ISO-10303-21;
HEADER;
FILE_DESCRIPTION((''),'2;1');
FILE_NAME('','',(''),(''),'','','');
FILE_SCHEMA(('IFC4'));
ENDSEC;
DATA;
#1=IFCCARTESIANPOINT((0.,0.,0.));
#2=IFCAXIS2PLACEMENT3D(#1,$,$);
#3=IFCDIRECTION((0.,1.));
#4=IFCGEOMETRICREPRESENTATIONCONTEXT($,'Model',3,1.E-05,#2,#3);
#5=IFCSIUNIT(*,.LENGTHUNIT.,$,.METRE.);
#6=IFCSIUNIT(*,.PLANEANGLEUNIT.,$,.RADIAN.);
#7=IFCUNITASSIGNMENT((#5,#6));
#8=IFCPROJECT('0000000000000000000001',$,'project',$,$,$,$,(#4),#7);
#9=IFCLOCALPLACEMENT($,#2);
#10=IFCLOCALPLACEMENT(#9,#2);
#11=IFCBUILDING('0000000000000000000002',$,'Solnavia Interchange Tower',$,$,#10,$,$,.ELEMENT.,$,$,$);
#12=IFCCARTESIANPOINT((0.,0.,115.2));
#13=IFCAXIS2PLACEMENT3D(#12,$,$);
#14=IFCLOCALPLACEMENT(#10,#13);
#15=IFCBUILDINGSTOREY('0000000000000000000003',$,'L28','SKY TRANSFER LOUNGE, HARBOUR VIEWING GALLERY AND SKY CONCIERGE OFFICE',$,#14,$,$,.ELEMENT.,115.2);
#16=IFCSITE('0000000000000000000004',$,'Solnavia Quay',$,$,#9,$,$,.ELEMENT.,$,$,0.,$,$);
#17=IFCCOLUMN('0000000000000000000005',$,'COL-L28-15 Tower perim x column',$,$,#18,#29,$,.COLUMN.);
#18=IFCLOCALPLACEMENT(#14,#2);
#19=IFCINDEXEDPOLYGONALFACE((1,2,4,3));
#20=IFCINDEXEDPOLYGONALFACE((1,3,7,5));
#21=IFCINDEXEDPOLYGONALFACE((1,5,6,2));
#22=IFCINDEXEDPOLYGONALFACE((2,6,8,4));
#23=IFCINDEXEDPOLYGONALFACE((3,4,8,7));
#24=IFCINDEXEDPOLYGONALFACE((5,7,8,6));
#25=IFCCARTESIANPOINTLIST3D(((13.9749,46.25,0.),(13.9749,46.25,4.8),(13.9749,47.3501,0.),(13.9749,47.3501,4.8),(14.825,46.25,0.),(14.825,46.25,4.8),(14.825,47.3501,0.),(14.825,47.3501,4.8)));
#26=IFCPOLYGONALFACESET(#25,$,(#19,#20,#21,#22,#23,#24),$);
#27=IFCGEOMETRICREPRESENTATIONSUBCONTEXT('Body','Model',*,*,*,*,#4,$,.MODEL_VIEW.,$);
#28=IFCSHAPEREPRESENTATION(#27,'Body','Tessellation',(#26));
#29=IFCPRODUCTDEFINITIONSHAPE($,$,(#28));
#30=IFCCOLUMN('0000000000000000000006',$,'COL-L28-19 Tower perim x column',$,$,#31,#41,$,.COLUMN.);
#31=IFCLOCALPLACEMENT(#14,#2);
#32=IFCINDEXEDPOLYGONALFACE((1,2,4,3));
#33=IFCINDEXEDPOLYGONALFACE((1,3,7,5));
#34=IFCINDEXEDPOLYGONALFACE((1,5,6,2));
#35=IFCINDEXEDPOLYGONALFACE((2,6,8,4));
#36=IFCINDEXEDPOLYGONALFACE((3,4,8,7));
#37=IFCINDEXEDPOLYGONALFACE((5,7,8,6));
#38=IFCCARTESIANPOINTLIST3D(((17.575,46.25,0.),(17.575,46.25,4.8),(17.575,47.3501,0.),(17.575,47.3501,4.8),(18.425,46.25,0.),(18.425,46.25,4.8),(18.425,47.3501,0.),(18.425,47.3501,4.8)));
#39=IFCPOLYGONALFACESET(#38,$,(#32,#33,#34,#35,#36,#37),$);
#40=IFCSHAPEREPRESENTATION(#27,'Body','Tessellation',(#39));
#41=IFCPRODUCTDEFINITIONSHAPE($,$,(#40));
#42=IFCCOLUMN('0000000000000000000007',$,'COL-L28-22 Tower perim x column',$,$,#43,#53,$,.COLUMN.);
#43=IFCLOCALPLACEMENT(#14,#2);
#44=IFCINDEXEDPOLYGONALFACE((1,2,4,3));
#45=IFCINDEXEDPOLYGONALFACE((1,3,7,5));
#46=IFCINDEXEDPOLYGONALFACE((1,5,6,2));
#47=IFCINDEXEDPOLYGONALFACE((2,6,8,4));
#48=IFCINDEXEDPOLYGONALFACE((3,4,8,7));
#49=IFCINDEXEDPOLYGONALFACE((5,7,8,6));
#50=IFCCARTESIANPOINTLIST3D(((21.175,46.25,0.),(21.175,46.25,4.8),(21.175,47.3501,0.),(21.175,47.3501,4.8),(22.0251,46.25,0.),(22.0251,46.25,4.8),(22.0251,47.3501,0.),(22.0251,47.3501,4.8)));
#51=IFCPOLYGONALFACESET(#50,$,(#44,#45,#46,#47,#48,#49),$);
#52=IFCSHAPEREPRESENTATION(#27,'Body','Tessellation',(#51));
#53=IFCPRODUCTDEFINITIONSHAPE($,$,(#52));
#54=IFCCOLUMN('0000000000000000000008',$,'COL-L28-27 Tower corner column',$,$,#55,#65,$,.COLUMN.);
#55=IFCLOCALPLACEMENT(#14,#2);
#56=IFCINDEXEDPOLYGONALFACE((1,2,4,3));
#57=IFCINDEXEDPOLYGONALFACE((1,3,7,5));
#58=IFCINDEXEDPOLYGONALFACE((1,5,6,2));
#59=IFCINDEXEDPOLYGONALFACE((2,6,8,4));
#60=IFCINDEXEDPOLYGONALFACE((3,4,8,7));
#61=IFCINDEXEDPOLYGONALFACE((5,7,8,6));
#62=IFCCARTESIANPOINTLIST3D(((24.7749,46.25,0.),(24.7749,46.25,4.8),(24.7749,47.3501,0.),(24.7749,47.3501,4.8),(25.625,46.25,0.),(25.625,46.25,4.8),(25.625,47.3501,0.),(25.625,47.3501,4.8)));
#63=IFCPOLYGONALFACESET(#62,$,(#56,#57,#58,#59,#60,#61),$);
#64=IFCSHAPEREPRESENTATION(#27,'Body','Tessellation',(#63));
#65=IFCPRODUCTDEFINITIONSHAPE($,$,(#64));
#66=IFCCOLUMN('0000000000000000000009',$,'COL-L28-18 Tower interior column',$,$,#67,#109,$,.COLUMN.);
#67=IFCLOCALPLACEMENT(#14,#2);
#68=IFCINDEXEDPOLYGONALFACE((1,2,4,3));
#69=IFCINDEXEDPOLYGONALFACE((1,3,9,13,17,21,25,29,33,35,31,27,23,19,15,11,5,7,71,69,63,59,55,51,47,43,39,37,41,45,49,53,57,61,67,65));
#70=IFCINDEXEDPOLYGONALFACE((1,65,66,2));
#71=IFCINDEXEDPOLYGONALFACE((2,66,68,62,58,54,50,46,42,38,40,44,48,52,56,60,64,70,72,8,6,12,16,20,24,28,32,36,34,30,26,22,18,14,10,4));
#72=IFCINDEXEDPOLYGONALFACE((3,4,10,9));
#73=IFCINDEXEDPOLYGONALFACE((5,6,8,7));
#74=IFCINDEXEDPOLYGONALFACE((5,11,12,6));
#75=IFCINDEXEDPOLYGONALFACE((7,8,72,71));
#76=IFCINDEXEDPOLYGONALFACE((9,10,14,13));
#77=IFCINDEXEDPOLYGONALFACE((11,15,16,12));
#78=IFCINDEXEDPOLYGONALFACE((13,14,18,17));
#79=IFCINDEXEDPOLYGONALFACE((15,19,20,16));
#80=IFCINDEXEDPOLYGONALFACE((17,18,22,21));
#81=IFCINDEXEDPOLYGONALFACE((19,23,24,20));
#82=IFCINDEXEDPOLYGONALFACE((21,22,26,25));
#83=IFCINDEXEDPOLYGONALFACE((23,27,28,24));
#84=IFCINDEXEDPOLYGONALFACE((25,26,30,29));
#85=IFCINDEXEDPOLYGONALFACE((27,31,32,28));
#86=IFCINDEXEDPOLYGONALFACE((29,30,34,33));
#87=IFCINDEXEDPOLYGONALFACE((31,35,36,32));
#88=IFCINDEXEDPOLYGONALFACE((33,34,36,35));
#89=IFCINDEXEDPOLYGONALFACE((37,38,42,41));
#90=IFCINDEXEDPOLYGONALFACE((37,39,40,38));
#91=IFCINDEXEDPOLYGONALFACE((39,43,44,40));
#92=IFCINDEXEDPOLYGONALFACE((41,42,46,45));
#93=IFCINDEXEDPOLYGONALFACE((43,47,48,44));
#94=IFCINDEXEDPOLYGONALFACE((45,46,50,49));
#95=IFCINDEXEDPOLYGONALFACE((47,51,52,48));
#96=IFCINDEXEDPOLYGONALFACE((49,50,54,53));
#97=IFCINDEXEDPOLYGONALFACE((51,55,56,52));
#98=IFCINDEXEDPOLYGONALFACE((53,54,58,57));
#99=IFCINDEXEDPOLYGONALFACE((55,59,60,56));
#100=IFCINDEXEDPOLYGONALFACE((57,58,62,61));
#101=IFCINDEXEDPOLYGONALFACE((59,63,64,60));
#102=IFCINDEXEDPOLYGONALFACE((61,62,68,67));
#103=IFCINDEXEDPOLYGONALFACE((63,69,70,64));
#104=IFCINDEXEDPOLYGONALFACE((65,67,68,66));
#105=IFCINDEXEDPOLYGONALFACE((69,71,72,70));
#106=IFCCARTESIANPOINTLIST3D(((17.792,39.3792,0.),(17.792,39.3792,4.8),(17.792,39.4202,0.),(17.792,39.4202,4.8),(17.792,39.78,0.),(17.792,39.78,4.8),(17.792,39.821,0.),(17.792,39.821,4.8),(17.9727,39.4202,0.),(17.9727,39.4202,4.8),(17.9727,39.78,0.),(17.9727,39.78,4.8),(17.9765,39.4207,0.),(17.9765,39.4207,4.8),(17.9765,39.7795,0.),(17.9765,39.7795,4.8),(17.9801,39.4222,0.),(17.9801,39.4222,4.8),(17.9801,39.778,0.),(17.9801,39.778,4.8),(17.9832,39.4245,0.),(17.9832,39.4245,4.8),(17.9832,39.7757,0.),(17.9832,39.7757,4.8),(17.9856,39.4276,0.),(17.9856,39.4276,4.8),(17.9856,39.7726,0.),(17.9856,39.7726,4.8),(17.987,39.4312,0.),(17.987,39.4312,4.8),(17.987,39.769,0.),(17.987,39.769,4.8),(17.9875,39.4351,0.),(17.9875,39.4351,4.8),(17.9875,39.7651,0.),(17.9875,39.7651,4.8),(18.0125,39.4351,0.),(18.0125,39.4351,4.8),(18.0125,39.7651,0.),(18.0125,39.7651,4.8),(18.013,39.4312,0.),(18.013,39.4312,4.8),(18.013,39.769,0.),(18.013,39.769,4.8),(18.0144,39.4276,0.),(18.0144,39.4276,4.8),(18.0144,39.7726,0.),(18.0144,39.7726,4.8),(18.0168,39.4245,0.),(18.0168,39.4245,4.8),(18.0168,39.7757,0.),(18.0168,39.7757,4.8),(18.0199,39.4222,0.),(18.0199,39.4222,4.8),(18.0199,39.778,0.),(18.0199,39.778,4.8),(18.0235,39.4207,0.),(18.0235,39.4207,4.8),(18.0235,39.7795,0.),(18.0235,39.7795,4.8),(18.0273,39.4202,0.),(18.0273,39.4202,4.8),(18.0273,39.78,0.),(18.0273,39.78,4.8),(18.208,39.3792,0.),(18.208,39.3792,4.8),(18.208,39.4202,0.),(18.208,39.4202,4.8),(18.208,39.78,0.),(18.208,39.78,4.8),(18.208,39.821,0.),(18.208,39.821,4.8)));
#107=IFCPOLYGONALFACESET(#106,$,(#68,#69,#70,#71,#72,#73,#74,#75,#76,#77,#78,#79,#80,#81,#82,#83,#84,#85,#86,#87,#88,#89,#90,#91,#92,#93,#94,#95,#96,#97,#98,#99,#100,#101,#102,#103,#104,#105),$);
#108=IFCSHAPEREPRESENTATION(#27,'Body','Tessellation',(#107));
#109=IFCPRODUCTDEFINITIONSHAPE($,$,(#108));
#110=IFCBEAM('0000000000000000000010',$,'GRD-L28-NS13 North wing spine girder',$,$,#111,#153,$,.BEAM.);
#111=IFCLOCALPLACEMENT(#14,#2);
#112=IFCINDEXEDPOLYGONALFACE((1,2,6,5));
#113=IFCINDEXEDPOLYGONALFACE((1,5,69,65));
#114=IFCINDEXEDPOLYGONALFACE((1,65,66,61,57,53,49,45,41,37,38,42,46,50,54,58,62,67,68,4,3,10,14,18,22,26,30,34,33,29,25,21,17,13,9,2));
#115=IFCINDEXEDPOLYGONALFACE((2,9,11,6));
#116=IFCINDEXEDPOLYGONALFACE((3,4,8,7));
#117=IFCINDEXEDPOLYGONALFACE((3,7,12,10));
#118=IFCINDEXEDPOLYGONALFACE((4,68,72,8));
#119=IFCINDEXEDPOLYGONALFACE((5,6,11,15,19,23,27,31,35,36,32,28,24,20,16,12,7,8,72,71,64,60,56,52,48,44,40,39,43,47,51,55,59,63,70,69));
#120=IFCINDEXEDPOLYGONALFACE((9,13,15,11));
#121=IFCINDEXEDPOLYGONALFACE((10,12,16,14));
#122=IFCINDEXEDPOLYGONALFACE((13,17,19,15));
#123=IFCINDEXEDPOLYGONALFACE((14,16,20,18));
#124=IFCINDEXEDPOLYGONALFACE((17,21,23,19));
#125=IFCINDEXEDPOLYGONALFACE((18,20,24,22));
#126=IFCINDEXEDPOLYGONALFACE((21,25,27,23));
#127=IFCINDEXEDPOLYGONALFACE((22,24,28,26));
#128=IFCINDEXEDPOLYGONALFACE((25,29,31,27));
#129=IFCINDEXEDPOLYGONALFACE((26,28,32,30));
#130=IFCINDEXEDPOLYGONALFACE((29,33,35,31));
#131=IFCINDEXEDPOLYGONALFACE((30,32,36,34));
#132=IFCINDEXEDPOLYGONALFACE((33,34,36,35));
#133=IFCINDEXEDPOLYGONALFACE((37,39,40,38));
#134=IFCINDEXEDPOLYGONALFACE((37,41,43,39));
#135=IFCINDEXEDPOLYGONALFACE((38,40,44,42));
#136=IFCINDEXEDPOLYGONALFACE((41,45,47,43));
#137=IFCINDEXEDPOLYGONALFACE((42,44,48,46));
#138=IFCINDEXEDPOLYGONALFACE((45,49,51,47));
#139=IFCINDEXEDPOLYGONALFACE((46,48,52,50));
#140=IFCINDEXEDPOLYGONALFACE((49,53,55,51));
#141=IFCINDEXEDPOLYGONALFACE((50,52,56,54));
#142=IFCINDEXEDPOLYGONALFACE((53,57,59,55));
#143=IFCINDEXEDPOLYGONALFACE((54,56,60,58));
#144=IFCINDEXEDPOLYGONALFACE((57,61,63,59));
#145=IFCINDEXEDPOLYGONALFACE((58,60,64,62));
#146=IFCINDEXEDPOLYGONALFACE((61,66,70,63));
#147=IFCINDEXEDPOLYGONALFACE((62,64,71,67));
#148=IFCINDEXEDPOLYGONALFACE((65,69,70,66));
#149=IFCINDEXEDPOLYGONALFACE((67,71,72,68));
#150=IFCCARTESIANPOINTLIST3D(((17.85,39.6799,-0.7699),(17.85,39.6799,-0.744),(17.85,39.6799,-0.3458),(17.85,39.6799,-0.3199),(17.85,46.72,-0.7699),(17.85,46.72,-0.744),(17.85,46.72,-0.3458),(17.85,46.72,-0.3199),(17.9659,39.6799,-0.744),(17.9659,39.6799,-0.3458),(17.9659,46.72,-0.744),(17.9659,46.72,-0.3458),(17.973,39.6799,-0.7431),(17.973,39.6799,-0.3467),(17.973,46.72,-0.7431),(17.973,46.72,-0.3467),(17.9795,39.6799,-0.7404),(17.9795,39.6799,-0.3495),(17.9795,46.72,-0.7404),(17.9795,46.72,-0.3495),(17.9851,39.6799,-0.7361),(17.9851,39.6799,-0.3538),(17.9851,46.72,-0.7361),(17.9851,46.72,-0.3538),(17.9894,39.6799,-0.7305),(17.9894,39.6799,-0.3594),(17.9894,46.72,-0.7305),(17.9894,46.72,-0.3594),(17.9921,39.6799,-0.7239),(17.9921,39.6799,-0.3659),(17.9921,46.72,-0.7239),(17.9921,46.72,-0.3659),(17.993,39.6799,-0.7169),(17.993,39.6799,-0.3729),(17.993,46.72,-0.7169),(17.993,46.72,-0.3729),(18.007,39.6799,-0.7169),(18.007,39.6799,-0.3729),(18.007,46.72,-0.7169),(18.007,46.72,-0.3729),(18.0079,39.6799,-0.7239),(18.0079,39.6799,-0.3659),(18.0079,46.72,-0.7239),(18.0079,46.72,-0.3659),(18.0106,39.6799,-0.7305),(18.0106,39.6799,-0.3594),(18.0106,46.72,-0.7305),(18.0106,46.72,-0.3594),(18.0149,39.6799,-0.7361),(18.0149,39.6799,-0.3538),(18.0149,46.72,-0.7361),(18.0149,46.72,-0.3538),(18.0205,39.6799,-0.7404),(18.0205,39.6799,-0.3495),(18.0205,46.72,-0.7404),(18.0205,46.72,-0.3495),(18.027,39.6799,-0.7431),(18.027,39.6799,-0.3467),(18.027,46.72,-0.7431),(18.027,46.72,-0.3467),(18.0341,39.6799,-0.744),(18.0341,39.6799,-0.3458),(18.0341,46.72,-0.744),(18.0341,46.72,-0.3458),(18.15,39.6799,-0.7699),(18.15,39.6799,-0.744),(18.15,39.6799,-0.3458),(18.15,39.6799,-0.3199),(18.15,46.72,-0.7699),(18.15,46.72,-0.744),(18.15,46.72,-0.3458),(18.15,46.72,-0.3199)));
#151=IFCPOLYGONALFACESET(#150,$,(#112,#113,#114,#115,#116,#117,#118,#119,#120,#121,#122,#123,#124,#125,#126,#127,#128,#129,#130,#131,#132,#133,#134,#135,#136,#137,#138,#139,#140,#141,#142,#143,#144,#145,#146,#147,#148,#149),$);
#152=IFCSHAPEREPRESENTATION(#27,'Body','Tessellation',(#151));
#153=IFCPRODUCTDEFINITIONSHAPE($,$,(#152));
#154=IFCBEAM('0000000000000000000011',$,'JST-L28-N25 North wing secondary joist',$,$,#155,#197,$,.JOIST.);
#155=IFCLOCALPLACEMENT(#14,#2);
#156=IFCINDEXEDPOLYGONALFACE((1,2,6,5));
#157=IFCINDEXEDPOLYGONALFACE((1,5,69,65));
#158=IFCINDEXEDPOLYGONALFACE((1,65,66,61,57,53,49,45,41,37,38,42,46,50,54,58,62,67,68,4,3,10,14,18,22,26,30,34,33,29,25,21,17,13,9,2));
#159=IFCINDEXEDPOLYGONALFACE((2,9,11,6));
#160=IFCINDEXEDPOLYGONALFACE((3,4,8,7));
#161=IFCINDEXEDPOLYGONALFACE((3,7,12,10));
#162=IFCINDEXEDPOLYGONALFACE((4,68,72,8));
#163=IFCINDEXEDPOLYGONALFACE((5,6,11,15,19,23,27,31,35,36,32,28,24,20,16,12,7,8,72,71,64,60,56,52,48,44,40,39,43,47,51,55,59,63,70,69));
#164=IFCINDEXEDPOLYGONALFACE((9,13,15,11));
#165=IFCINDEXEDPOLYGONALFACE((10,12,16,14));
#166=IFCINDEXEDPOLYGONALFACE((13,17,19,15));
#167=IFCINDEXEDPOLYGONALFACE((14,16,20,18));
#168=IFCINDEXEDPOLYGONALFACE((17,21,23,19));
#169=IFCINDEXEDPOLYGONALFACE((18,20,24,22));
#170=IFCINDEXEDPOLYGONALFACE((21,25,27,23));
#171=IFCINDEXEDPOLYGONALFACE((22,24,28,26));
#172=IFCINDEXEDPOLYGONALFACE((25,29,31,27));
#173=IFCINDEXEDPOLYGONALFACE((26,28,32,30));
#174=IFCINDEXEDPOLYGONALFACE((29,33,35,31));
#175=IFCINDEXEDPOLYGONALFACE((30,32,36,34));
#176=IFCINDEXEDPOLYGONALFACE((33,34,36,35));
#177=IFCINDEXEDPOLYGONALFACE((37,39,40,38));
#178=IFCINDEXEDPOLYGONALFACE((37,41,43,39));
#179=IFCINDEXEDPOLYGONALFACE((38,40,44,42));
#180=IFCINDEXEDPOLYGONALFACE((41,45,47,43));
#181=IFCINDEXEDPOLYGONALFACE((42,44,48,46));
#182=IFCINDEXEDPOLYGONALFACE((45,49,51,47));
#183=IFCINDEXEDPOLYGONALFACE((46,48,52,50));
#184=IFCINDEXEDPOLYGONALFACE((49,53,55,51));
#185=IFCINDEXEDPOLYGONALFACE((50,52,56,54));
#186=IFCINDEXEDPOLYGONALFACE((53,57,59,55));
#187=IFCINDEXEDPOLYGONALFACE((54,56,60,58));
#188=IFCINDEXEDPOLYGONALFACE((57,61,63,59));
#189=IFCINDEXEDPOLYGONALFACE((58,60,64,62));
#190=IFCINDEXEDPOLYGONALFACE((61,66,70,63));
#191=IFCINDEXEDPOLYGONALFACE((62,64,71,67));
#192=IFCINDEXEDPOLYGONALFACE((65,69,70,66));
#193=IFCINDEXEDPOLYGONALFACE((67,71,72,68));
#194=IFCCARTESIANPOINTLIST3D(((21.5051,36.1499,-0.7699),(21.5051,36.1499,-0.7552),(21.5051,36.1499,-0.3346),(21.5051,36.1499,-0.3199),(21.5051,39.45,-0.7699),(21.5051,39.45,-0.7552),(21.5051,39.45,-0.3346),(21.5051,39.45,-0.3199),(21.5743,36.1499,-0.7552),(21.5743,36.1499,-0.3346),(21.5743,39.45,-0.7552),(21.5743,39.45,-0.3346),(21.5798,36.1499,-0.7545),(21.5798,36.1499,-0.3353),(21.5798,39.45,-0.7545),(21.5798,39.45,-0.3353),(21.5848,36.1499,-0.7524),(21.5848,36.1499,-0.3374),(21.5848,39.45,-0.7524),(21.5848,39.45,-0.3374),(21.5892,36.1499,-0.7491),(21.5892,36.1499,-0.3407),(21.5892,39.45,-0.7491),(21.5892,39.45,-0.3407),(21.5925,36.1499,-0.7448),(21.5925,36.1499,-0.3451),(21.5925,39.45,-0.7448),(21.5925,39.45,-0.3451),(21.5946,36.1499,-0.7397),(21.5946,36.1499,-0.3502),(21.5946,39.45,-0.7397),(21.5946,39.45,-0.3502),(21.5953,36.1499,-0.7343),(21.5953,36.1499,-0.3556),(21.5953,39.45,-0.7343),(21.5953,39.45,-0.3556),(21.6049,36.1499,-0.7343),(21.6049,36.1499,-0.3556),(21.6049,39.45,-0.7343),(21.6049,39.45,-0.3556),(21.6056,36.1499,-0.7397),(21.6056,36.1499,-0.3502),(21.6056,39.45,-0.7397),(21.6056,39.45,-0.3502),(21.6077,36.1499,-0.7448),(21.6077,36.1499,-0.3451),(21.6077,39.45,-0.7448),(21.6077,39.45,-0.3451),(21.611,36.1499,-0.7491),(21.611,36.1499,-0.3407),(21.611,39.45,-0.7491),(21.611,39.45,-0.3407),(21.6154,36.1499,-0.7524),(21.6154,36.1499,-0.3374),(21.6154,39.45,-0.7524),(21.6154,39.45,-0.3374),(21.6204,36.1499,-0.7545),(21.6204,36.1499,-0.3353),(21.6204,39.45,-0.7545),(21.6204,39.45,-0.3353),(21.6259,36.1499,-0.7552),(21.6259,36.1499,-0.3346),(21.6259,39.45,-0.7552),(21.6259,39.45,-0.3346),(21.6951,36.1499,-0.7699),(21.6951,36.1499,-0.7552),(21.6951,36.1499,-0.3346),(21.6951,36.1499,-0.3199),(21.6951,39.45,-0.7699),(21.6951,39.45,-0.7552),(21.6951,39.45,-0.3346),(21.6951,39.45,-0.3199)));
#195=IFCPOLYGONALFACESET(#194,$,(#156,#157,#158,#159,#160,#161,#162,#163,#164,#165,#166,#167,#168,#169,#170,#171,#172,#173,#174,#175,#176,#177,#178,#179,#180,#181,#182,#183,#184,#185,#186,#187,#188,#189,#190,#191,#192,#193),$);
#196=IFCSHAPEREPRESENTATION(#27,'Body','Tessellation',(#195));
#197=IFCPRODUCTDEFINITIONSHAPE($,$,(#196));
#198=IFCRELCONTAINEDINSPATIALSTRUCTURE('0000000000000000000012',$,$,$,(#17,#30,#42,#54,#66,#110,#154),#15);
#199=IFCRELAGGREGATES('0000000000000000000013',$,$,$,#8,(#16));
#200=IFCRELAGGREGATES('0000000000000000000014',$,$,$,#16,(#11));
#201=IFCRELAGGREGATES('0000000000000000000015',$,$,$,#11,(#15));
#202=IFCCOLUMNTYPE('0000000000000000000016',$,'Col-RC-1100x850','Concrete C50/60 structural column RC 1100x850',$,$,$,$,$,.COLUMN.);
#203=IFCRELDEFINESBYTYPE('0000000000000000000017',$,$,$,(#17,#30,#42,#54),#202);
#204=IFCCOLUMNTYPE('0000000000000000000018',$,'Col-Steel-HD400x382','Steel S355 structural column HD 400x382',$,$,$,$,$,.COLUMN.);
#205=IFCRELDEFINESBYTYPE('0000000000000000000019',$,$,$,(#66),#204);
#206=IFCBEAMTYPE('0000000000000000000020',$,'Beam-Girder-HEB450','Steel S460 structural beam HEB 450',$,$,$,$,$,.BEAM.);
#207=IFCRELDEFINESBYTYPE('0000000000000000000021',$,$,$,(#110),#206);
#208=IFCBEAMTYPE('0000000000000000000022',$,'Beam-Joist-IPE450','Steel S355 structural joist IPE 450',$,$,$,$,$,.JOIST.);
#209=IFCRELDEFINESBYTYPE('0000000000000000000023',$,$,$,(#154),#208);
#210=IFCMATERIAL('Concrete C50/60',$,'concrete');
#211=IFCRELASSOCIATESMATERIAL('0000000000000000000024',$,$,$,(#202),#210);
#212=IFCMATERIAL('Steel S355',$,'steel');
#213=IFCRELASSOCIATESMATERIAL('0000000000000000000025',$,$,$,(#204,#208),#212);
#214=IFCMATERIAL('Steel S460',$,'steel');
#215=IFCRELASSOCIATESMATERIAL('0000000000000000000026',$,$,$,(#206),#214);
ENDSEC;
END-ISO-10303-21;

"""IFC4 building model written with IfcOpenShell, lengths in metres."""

from ifc_helpers import new_model, si_unit, direction, frame, origin, origin_2d, place, context, subcontext, project, spatial, rectangle, i_section, extrude, material, material_profile, profile_set, type_object, element, save


model = new_model("IFC4")

# Units and contexts
model_context = context("Model", 3, precision=1e-05, world=origin(), true_north=direction((0.0, 1.0)))
body_context = subcontext(model_context, "Body", "Model", "MODEL_VIEW")
ifc_project = project(units=[si_unit("LENGTHUNIT", "METRE"), si_unit("PLANEANGLEUNIT", "RADIAN")], contexts=[model_context])

# Site, building, storey
site_placement = place(None, origin())
site = spatial("IfcSite", under=ifc_project, at=site_placement, Name="Solnavia Quay", CompositionType="ELEMENT", RefElevation=0.0)
building_placement = place(site_placement, origin())
building = spatial("IfcBuilding", under=site, at=building_placement, Name="Solnavia Interchange Tower", CompositionType="ELEMENT")
storey_placement = place(building_placement, frame((0.0, 0.0, 115.2)))
storey = spatial("IfcBuildingStorey", under=building, at=storey_placement, Name="L28", Description="SKY TRANSFER LOUNGE, HARBOUR VIEWING GALLERY AND SKY CONCIERGE OFFICE", CompositionType="ELEMENT", Elevation=115.2)

# Columns
ifc_material_1 = material(Name="Concrete C50/60", Category="concrete")
ifc_material_profile_1 = material_profile(ifc_material_1, rectangle(XDim=0.8501, YDim=1.1001, at=origin_2d()), Name="RC 1100x850")
ifc_profile_set_1 = profile_set([ifc_material_profile_1], Name="Concrete C50/60")
column_type_1 = type_object("IfcColumnType", Name="Col-RC-1100x850", Description="Concrete C50/60 structural column RC 1100x850", PredefinedType="COLUMN", material=ifc_profile_set_1)
for number, where, z_axis, x_axis, name in (
    (1, (14.3999, 46.8, 0.0), (0.0, 0.0, 1.0), (1.0, 0.0, 0.0), "COL-L28-15 Tower perim x column"),
    (2, (18.0, 46.8, 0.0), (0.0, 0.0, 1.0), (1.0, 0.0, 0.0), "COL-L28-19 Tower perim x column"),
    (3, (21.6001, 46.8, 0.0), (0.0, 0.0, 1.0), (1.0, 0.0, 0.0), "COL-L28-22 Tower perim x column"),
    (4, (25.2, 46.8, 0.0), (0.0, 0.0, 1.0), (1.0, 0.0, 0.0), "COL-L28-27 Tower corner column"),
):
    element("IfcColumn", number, at=place(storey_placement, frame(where, z_axis=z_axis, x_axis=x_axis)), inside=storey, type_object=column_type_1, Name=name, PredefinedType="COLUMN", context=body_context, shape_type="SweptSolid", body=[
        extrude(rectangle(XDim=0.8501, YDim=1.1001, at=origin_2d()), origin(), (0.0, 0.0, 1.0), 4.8),
    ])
ifc_material_2 = material(Name="Steel S355", Category="steel")
ifc_material_profile_2 = material_profile(ifc_material_2, i_section(OverallWidth=0.416, OverallDepth=0.4419, WebThickness=0.0249, FlangeThickness=0.041, FilletRadius=0.0149, at=origin_2d()), Name="HD 400x382")
ifc_profile_set_2 = profile_set([ifc_material_profile_2], Name="Steel S355")
column_type_2 = type_object("IfcColumnType", Name="Col-Steel-HD400x382", Description="Steel S355 structural column HD 400x382", PredefinedType="COLUMN", material=ifc_profile_set_2)
column_placement = place(storey_placement, frame((18.0, 39.6001, 0.0), z_axis=(0.0, 0.0, 1.0), x_axis=(1.0, 0.0, 0.0)))
element("IfcColumn", 5, at=column_placement, inside=storey, type_object=column_type_2, Name="COL-L28-18 Tower interior column", PredefinedType="COLUMN", context=body_context, shape_type="SweptSolid", body=[
    extrude(i_section(OverallWidth=0.416, OverallDepth=0.4419, WebThickness=0.0249, FlangeThickness=0.041, FilletRadius=0.0149, at=origin_2d()), origin(), (0.0, 0.0, 1.0), 4.8),
])

# Beams
ifc_material_3 = material(Name="Steel S460", Category="steel")
ifc_material_profile_3 = material_profile(ifc_material_3, i_section(OverallWidth=0.3, OverallDepth=0.45, WebThickness=0.0139, FlangeThickness=0.0259, FilletRadius=0.0271, at=origin_2d()), Name="HEB 450")
ifc_profile_set_3 = profile_set([ifc_material_profile_3], Name="Steel S460")
beam_type_1 = type_object("IfcBeamType", Name="Beam-Girder-HEB450", Description="Steel S460 structural beam HEB 450", PredefinedType="BEAM", material=ifc_profile_set_3)
beam_1_placement = place(storey_placement, frame((18.0, 39.6799, -0.5449), z_axis=(0.0, 1.0, 0.0), x_axis=(-1.0, 0.0, 0.0)))
element("IfcBeam", 6, at=beam_1_placement, inside=storey, type_object=beam_type_1, Name="GRD-L28-NS13 North wing spine girder", PredefinedType="BEAM", context=body_context, shape_type="SweptSolid", body=[
    extrude(i_section(OverallWidth=0.3, OverallDepth=0.45, WebThickness=0.0139, FlangeThickness=0.0259, FilletRadius=0.0271, at=origin_2d()), origin(), (0.0, 0.0, 1.0), 7.04),
])
ifc_material_profile_4 = material_profile(ifc_material_2, i_section(OverallWidth=0.1899, OverallDepth=0.45, WebThickness=0.0095, FlangeThickness=0.0146, FilletRadius=0.021, at=origin_2d()), Name="IPE 450")
ifc_profile_set_4 = profile_set([ifc_material_profile_4], Name="Steel S355")
beam_type_2 = type_object("IfcBeamType", Name="Beam-Joist-IPE450", Description="Steel S355 structural joist IPE 450", PredefinedType="JOIST", material=ifc_profile_set_4)
for number, where, z_axis, x_axis, name in (
    (7, (21.6001, 36.1499, -0.5449), (0.0, 1.0, 0.0), (-1.0, 0.0, 0.0), "JST-L28-N25 North wing secondary joist"),
):
    element("IfcBeam", number, at=place(storey_placement, frame(where, z_axis=z_axis, x_axis=x_axis)), inside=storey, type_object=beam_type_2, Name=name, PredefinedType="JOIST", context=body_context, shape_type="SweptSolid", body=[
        extrude(i_section(OverallWidth=0.1899, OverallDepth=0.45, WebThickness=0.0095, FlangeThickness=0.0146, FilletRadius=0.021, at=origin_2d()), origin(), (0.0, 0.0, 1.0), 3.3),
    ])

save(model, "model.ifc")
